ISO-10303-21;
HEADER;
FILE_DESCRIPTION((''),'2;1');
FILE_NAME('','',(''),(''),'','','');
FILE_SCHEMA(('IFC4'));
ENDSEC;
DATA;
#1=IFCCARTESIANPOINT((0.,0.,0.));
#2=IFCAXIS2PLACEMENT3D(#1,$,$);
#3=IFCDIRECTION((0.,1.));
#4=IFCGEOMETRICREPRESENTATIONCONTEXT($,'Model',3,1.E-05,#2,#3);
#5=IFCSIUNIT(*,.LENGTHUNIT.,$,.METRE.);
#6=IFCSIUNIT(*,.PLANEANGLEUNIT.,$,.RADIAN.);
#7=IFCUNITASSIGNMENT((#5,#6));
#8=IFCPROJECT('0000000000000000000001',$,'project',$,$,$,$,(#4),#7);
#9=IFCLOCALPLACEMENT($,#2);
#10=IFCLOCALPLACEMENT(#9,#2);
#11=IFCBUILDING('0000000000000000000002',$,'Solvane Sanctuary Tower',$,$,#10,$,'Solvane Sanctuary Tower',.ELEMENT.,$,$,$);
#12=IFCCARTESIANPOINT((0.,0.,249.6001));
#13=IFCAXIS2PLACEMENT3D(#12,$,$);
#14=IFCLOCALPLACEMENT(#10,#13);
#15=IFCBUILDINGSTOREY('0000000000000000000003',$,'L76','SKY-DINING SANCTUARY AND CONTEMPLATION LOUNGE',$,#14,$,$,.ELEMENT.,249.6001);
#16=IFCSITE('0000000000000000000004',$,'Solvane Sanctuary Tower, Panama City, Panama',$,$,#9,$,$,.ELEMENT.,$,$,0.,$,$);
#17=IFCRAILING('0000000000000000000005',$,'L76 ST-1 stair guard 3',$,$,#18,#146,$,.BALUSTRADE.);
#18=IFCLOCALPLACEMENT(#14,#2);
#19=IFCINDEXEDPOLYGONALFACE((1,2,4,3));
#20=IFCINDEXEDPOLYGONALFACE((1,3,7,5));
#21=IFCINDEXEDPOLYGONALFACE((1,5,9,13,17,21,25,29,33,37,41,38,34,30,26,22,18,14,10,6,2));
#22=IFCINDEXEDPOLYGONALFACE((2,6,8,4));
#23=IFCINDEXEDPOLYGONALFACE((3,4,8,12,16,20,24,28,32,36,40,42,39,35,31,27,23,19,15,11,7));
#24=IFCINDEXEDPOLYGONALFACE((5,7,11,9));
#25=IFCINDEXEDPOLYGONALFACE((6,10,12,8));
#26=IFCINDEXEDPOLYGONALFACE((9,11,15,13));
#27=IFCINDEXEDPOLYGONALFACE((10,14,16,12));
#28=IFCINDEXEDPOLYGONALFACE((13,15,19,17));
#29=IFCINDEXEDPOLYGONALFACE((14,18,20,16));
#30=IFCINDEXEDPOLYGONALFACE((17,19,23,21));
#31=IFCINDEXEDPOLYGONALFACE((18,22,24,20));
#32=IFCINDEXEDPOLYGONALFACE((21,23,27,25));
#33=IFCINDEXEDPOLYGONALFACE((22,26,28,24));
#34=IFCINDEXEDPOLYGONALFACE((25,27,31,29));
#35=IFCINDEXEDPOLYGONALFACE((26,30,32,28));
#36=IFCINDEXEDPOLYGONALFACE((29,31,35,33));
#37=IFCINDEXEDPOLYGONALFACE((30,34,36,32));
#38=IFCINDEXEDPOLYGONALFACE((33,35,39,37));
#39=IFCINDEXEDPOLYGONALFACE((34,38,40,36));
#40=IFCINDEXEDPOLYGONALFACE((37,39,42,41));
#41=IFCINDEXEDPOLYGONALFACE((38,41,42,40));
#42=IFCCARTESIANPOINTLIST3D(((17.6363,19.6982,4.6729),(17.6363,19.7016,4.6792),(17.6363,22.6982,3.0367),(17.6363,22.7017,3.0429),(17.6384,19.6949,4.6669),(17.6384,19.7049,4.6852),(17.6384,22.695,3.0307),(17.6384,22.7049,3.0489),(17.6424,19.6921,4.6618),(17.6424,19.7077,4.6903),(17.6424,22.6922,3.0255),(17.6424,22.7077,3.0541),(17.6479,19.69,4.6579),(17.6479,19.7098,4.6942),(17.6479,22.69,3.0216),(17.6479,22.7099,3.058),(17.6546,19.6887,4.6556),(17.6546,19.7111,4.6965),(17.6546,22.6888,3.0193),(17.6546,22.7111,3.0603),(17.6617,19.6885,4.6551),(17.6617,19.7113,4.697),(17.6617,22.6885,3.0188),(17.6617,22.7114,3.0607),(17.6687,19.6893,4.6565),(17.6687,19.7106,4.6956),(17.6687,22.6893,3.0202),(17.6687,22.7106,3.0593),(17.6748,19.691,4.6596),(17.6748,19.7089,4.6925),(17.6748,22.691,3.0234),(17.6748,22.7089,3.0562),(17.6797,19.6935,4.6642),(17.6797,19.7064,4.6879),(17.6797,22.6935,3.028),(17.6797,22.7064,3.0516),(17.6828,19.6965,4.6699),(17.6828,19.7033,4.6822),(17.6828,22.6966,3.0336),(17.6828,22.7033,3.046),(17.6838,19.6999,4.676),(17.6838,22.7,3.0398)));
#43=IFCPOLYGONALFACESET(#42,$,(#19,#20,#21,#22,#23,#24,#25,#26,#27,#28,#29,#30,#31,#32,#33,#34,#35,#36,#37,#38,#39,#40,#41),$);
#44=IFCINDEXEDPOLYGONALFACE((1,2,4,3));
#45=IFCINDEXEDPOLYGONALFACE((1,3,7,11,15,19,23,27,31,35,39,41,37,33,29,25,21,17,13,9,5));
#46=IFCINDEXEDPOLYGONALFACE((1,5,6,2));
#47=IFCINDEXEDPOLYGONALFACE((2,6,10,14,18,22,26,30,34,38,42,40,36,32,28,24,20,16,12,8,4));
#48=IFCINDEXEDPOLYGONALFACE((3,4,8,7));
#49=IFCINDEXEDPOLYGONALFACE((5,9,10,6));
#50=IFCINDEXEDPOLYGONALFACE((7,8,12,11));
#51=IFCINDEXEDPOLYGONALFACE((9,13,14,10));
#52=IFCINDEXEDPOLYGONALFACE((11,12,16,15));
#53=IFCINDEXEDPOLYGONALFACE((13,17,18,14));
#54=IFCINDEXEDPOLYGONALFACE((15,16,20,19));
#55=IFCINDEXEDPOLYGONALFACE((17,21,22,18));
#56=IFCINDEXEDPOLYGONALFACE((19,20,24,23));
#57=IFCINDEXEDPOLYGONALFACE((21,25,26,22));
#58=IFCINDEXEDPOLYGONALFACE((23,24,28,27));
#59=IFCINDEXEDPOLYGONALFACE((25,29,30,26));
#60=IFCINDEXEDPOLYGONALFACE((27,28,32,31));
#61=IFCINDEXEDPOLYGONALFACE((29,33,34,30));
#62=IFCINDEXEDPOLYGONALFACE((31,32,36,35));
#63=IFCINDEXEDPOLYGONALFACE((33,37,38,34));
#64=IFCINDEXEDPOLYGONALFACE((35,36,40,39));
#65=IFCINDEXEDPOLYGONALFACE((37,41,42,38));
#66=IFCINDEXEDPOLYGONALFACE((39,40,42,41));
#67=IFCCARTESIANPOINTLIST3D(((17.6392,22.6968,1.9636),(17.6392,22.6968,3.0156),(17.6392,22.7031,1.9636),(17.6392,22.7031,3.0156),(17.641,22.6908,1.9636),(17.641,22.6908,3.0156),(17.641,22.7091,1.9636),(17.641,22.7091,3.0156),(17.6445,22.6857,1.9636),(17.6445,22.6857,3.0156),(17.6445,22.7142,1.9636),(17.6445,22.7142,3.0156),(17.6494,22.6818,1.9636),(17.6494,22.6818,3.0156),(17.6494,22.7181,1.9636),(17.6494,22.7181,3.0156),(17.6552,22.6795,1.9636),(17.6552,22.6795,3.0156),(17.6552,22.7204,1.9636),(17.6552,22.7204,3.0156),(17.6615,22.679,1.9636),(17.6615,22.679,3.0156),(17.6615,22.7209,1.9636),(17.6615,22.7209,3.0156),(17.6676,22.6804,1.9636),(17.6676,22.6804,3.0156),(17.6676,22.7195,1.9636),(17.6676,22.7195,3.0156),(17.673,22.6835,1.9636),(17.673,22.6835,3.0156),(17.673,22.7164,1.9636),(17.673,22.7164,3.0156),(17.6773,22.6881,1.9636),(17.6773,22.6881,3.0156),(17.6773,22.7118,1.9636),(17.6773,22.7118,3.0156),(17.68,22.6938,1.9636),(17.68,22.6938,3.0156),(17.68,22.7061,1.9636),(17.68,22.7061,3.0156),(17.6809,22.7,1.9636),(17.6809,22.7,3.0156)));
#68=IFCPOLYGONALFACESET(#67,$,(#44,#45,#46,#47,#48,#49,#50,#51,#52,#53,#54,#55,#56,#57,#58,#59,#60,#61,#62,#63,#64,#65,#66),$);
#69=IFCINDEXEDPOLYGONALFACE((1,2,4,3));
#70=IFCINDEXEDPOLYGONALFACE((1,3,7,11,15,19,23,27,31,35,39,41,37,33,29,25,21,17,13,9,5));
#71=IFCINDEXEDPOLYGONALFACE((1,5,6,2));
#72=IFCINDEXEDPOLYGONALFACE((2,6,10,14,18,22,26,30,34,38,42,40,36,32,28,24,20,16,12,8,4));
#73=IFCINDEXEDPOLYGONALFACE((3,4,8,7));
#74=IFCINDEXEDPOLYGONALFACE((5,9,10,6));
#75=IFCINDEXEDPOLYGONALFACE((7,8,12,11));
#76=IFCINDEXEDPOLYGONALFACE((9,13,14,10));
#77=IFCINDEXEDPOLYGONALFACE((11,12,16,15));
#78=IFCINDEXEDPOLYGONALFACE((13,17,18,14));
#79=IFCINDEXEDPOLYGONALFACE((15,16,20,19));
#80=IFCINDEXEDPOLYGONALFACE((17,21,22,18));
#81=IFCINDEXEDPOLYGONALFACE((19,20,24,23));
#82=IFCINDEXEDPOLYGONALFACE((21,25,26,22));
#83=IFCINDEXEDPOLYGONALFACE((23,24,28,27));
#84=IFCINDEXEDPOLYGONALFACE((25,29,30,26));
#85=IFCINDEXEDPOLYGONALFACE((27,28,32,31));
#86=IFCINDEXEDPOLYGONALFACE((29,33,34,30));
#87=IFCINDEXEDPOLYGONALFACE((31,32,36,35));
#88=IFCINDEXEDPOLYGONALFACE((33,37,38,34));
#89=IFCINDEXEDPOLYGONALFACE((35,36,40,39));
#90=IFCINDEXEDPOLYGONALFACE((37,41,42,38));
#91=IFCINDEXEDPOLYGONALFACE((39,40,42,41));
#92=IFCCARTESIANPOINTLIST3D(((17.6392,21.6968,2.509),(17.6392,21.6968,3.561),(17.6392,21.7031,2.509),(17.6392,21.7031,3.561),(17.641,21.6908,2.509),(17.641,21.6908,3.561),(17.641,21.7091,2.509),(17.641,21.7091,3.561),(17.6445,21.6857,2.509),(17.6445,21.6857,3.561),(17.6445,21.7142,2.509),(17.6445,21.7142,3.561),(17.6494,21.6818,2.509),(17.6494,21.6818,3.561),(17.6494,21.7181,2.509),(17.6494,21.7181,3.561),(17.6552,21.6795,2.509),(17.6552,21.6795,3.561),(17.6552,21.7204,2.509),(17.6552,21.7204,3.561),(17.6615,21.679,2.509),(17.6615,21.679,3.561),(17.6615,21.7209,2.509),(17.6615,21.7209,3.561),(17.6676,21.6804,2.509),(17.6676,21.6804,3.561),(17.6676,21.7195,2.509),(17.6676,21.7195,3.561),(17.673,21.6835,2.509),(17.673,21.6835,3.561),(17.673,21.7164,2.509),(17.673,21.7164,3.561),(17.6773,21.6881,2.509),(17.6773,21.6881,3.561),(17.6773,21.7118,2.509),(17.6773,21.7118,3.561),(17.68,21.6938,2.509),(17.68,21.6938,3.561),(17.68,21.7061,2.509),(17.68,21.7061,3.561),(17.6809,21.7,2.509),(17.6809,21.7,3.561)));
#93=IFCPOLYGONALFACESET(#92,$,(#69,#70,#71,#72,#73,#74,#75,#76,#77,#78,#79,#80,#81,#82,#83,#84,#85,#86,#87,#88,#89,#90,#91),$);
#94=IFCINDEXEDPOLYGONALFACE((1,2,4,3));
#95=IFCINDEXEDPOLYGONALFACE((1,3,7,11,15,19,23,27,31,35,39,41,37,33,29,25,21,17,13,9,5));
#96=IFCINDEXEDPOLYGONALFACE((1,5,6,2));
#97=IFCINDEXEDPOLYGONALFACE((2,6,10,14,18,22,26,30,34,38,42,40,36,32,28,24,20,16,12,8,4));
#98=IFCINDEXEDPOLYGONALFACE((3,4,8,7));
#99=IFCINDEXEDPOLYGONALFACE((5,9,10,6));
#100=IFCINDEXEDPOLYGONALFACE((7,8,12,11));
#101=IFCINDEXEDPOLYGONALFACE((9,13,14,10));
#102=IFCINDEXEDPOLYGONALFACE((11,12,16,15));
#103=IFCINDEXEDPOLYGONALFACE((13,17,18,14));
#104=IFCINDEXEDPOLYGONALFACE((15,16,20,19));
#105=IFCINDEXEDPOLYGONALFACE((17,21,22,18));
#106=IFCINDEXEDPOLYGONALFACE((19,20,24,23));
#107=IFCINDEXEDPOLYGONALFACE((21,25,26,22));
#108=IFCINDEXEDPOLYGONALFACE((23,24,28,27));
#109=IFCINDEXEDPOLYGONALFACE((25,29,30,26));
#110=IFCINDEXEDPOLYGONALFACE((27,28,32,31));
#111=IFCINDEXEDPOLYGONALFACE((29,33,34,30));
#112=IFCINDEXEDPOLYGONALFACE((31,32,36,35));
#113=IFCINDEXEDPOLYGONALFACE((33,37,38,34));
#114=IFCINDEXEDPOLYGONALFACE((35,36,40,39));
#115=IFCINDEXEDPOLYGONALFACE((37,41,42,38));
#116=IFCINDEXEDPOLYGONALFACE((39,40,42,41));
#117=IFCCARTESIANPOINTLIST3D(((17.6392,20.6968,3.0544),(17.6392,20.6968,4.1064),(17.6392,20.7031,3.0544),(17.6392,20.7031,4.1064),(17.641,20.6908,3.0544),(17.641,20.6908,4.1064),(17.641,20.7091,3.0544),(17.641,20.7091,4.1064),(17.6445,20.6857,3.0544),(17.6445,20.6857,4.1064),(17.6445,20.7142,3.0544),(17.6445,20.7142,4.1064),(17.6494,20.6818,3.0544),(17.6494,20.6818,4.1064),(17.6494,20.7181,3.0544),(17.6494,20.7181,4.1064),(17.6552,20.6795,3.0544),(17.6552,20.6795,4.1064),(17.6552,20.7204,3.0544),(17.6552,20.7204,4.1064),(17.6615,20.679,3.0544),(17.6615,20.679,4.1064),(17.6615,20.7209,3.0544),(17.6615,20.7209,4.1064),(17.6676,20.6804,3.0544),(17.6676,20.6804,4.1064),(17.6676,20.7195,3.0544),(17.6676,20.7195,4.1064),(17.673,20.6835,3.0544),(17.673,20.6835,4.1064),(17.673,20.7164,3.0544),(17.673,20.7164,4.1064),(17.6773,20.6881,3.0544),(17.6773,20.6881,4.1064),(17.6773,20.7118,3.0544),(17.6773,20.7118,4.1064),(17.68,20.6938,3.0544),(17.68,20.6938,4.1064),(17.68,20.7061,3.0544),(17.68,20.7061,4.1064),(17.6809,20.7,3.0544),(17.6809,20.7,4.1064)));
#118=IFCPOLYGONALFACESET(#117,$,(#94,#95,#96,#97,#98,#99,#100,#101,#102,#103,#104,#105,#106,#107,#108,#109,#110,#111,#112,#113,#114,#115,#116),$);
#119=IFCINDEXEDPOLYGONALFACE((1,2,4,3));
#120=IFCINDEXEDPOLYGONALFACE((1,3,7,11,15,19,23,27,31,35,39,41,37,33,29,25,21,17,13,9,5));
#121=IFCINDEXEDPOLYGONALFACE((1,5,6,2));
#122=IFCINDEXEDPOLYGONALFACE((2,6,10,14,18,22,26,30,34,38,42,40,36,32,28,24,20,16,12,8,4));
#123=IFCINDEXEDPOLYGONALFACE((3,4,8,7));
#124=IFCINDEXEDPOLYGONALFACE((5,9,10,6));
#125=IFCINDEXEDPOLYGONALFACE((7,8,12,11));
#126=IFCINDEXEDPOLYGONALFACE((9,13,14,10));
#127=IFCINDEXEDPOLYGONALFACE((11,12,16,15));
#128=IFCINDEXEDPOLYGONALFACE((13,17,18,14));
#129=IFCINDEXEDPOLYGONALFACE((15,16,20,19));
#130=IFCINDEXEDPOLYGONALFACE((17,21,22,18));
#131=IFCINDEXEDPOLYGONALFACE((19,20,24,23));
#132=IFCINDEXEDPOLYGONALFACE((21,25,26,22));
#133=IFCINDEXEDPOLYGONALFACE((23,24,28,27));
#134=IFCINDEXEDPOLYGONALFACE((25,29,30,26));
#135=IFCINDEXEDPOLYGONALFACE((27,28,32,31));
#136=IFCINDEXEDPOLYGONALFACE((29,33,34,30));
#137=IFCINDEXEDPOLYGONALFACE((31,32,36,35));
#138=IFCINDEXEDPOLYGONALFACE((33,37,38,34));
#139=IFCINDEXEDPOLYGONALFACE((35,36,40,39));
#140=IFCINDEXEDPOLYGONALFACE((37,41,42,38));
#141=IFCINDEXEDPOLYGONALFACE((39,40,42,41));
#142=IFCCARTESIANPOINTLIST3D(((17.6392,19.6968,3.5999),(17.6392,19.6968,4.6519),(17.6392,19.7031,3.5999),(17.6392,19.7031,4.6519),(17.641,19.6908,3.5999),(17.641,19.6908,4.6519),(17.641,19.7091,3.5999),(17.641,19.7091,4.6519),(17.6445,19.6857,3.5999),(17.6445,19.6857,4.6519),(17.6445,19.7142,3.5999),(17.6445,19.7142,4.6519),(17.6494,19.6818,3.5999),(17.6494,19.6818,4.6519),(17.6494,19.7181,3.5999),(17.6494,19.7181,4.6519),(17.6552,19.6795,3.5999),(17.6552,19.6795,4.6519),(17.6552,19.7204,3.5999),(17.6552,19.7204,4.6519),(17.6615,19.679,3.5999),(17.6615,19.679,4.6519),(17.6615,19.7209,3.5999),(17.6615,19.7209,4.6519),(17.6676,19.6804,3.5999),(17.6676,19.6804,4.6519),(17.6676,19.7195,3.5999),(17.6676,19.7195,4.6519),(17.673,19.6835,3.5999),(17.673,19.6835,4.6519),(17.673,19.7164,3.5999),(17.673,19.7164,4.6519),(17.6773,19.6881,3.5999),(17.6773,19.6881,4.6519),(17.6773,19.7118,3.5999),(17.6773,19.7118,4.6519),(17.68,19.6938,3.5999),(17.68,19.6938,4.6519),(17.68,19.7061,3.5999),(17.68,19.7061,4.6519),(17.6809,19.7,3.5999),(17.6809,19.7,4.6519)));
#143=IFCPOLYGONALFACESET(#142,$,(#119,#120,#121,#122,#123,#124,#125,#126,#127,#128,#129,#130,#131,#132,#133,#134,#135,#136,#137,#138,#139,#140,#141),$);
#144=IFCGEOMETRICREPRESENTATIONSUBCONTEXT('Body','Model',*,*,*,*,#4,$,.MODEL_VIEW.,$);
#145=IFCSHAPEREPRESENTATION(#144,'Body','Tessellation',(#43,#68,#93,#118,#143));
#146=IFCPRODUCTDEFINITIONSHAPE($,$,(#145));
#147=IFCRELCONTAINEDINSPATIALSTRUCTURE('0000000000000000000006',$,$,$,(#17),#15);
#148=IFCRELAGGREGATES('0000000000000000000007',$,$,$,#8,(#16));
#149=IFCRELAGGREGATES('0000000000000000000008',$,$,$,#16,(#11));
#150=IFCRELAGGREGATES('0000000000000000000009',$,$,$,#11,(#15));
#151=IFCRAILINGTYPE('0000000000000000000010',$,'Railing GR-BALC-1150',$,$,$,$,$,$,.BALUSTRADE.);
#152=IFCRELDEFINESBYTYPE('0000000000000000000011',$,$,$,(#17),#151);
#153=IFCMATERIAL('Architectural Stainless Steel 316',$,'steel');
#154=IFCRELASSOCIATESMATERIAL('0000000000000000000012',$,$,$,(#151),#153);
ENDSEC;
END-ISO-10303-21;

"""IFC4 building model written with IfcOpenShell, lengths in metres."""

from ifc_helpers import new_model, si_unit, direction, frame, origin, origin_2d, place, context, subcontext, project, spatial, circle, extrude, material, type_object, element, save


model = new_model("IFC4")

# Units and contexts
model_context = context("Model", 3, precision=1e-05, world=origin(), true_north=direction((0.0, 1.0)))
body_context = subcontext(model_context, "Body", "Model", "MODEL_VIEW")
ifc_project = project(units=[si_unit("LENGTHUNIT", "METRE"), si_unit("PLANEANGLEUNIT", "RADIAN")], contexts=[model_context])

# Site, building, storey
site_placement = place(None, origin())
site = spatial("IfcSite", under=ifc_project, at=site_placement, Name="Solvane Sanctuary Tower, Panama City, Panama", CompositionType="ELEMENT", RefElevation=0.0)
building_placement = place(site_placement, origin())
building = spatial("IfcBuilding", under=site, at=building_placement, Name="Solvane Sanctuary Tower", LongName="Solvane Sanctuary Tower", CompositionType="ELEMENT")
storey_placement = place(building_placement, frame((0.0, 0.0, 249.6001)))
storey = spatial("IfcBuildingStorey", under=building, at=storey_placement, Name="L76", Description="SKY-DINING SANCTUARY AND CONTEMPLATION LOUNGE", CompositionType="ELEMENT", Elevation=249.6001)

# Shared definitions
ifc_material_1 = material(Name="Architectural Stainless Steel 316", Category="steel")

# Railing
railing_type_1 = type_object("IfcRailingType", Name="Railing GR-BALC-1150", PredefinedType="BALUSTRADE", material=ifc_material_1)
railing_1_placement = place(storey_placement, frame((17.6599, 22.7, 1.9636)))
element("IfcRailing", 1, at=railing_1_placement, inside=storey, type_object=railing_type_1, Name="L76 ST-1 stair guard 3", PredefinedType="BALUSTRADE", context=body_context, shape_type="SweptSolid", body=[
    extrude(circle(Radius=0.0239, at=origin_2d()), frame((0.0, 0.0, 1.0762), z_axis=(0.0, -0.877912, 0.478822), x_axis=(1.0, 0.0, 0.0)), (0.0, 0.0, 1.0), 3.4172),
    extrude(circle(Radius=0.021, at=origin_2d()), origin(), (0.0, 0.0, 1.0), 1.052),
    extrude(circle(Radius=0.021, at=origin_2d()), frame((0.0, -1.0, 0.5454)), (0.0, 0.0, 1.0), 1.052),
    extrude(circle(Radius=0.021, at=origin_2d()), frame((0.0, -2.0, 1.0908)), (0.0, 0.0, 1.0), 1.052),
    extrude(circle(Radius=0.021, at=origin_2d()), frame((0.0, -3.0, 1.6362)), (0.0, 0.0, 1.0), 1.052),
])

save(model, "model.ifc")
